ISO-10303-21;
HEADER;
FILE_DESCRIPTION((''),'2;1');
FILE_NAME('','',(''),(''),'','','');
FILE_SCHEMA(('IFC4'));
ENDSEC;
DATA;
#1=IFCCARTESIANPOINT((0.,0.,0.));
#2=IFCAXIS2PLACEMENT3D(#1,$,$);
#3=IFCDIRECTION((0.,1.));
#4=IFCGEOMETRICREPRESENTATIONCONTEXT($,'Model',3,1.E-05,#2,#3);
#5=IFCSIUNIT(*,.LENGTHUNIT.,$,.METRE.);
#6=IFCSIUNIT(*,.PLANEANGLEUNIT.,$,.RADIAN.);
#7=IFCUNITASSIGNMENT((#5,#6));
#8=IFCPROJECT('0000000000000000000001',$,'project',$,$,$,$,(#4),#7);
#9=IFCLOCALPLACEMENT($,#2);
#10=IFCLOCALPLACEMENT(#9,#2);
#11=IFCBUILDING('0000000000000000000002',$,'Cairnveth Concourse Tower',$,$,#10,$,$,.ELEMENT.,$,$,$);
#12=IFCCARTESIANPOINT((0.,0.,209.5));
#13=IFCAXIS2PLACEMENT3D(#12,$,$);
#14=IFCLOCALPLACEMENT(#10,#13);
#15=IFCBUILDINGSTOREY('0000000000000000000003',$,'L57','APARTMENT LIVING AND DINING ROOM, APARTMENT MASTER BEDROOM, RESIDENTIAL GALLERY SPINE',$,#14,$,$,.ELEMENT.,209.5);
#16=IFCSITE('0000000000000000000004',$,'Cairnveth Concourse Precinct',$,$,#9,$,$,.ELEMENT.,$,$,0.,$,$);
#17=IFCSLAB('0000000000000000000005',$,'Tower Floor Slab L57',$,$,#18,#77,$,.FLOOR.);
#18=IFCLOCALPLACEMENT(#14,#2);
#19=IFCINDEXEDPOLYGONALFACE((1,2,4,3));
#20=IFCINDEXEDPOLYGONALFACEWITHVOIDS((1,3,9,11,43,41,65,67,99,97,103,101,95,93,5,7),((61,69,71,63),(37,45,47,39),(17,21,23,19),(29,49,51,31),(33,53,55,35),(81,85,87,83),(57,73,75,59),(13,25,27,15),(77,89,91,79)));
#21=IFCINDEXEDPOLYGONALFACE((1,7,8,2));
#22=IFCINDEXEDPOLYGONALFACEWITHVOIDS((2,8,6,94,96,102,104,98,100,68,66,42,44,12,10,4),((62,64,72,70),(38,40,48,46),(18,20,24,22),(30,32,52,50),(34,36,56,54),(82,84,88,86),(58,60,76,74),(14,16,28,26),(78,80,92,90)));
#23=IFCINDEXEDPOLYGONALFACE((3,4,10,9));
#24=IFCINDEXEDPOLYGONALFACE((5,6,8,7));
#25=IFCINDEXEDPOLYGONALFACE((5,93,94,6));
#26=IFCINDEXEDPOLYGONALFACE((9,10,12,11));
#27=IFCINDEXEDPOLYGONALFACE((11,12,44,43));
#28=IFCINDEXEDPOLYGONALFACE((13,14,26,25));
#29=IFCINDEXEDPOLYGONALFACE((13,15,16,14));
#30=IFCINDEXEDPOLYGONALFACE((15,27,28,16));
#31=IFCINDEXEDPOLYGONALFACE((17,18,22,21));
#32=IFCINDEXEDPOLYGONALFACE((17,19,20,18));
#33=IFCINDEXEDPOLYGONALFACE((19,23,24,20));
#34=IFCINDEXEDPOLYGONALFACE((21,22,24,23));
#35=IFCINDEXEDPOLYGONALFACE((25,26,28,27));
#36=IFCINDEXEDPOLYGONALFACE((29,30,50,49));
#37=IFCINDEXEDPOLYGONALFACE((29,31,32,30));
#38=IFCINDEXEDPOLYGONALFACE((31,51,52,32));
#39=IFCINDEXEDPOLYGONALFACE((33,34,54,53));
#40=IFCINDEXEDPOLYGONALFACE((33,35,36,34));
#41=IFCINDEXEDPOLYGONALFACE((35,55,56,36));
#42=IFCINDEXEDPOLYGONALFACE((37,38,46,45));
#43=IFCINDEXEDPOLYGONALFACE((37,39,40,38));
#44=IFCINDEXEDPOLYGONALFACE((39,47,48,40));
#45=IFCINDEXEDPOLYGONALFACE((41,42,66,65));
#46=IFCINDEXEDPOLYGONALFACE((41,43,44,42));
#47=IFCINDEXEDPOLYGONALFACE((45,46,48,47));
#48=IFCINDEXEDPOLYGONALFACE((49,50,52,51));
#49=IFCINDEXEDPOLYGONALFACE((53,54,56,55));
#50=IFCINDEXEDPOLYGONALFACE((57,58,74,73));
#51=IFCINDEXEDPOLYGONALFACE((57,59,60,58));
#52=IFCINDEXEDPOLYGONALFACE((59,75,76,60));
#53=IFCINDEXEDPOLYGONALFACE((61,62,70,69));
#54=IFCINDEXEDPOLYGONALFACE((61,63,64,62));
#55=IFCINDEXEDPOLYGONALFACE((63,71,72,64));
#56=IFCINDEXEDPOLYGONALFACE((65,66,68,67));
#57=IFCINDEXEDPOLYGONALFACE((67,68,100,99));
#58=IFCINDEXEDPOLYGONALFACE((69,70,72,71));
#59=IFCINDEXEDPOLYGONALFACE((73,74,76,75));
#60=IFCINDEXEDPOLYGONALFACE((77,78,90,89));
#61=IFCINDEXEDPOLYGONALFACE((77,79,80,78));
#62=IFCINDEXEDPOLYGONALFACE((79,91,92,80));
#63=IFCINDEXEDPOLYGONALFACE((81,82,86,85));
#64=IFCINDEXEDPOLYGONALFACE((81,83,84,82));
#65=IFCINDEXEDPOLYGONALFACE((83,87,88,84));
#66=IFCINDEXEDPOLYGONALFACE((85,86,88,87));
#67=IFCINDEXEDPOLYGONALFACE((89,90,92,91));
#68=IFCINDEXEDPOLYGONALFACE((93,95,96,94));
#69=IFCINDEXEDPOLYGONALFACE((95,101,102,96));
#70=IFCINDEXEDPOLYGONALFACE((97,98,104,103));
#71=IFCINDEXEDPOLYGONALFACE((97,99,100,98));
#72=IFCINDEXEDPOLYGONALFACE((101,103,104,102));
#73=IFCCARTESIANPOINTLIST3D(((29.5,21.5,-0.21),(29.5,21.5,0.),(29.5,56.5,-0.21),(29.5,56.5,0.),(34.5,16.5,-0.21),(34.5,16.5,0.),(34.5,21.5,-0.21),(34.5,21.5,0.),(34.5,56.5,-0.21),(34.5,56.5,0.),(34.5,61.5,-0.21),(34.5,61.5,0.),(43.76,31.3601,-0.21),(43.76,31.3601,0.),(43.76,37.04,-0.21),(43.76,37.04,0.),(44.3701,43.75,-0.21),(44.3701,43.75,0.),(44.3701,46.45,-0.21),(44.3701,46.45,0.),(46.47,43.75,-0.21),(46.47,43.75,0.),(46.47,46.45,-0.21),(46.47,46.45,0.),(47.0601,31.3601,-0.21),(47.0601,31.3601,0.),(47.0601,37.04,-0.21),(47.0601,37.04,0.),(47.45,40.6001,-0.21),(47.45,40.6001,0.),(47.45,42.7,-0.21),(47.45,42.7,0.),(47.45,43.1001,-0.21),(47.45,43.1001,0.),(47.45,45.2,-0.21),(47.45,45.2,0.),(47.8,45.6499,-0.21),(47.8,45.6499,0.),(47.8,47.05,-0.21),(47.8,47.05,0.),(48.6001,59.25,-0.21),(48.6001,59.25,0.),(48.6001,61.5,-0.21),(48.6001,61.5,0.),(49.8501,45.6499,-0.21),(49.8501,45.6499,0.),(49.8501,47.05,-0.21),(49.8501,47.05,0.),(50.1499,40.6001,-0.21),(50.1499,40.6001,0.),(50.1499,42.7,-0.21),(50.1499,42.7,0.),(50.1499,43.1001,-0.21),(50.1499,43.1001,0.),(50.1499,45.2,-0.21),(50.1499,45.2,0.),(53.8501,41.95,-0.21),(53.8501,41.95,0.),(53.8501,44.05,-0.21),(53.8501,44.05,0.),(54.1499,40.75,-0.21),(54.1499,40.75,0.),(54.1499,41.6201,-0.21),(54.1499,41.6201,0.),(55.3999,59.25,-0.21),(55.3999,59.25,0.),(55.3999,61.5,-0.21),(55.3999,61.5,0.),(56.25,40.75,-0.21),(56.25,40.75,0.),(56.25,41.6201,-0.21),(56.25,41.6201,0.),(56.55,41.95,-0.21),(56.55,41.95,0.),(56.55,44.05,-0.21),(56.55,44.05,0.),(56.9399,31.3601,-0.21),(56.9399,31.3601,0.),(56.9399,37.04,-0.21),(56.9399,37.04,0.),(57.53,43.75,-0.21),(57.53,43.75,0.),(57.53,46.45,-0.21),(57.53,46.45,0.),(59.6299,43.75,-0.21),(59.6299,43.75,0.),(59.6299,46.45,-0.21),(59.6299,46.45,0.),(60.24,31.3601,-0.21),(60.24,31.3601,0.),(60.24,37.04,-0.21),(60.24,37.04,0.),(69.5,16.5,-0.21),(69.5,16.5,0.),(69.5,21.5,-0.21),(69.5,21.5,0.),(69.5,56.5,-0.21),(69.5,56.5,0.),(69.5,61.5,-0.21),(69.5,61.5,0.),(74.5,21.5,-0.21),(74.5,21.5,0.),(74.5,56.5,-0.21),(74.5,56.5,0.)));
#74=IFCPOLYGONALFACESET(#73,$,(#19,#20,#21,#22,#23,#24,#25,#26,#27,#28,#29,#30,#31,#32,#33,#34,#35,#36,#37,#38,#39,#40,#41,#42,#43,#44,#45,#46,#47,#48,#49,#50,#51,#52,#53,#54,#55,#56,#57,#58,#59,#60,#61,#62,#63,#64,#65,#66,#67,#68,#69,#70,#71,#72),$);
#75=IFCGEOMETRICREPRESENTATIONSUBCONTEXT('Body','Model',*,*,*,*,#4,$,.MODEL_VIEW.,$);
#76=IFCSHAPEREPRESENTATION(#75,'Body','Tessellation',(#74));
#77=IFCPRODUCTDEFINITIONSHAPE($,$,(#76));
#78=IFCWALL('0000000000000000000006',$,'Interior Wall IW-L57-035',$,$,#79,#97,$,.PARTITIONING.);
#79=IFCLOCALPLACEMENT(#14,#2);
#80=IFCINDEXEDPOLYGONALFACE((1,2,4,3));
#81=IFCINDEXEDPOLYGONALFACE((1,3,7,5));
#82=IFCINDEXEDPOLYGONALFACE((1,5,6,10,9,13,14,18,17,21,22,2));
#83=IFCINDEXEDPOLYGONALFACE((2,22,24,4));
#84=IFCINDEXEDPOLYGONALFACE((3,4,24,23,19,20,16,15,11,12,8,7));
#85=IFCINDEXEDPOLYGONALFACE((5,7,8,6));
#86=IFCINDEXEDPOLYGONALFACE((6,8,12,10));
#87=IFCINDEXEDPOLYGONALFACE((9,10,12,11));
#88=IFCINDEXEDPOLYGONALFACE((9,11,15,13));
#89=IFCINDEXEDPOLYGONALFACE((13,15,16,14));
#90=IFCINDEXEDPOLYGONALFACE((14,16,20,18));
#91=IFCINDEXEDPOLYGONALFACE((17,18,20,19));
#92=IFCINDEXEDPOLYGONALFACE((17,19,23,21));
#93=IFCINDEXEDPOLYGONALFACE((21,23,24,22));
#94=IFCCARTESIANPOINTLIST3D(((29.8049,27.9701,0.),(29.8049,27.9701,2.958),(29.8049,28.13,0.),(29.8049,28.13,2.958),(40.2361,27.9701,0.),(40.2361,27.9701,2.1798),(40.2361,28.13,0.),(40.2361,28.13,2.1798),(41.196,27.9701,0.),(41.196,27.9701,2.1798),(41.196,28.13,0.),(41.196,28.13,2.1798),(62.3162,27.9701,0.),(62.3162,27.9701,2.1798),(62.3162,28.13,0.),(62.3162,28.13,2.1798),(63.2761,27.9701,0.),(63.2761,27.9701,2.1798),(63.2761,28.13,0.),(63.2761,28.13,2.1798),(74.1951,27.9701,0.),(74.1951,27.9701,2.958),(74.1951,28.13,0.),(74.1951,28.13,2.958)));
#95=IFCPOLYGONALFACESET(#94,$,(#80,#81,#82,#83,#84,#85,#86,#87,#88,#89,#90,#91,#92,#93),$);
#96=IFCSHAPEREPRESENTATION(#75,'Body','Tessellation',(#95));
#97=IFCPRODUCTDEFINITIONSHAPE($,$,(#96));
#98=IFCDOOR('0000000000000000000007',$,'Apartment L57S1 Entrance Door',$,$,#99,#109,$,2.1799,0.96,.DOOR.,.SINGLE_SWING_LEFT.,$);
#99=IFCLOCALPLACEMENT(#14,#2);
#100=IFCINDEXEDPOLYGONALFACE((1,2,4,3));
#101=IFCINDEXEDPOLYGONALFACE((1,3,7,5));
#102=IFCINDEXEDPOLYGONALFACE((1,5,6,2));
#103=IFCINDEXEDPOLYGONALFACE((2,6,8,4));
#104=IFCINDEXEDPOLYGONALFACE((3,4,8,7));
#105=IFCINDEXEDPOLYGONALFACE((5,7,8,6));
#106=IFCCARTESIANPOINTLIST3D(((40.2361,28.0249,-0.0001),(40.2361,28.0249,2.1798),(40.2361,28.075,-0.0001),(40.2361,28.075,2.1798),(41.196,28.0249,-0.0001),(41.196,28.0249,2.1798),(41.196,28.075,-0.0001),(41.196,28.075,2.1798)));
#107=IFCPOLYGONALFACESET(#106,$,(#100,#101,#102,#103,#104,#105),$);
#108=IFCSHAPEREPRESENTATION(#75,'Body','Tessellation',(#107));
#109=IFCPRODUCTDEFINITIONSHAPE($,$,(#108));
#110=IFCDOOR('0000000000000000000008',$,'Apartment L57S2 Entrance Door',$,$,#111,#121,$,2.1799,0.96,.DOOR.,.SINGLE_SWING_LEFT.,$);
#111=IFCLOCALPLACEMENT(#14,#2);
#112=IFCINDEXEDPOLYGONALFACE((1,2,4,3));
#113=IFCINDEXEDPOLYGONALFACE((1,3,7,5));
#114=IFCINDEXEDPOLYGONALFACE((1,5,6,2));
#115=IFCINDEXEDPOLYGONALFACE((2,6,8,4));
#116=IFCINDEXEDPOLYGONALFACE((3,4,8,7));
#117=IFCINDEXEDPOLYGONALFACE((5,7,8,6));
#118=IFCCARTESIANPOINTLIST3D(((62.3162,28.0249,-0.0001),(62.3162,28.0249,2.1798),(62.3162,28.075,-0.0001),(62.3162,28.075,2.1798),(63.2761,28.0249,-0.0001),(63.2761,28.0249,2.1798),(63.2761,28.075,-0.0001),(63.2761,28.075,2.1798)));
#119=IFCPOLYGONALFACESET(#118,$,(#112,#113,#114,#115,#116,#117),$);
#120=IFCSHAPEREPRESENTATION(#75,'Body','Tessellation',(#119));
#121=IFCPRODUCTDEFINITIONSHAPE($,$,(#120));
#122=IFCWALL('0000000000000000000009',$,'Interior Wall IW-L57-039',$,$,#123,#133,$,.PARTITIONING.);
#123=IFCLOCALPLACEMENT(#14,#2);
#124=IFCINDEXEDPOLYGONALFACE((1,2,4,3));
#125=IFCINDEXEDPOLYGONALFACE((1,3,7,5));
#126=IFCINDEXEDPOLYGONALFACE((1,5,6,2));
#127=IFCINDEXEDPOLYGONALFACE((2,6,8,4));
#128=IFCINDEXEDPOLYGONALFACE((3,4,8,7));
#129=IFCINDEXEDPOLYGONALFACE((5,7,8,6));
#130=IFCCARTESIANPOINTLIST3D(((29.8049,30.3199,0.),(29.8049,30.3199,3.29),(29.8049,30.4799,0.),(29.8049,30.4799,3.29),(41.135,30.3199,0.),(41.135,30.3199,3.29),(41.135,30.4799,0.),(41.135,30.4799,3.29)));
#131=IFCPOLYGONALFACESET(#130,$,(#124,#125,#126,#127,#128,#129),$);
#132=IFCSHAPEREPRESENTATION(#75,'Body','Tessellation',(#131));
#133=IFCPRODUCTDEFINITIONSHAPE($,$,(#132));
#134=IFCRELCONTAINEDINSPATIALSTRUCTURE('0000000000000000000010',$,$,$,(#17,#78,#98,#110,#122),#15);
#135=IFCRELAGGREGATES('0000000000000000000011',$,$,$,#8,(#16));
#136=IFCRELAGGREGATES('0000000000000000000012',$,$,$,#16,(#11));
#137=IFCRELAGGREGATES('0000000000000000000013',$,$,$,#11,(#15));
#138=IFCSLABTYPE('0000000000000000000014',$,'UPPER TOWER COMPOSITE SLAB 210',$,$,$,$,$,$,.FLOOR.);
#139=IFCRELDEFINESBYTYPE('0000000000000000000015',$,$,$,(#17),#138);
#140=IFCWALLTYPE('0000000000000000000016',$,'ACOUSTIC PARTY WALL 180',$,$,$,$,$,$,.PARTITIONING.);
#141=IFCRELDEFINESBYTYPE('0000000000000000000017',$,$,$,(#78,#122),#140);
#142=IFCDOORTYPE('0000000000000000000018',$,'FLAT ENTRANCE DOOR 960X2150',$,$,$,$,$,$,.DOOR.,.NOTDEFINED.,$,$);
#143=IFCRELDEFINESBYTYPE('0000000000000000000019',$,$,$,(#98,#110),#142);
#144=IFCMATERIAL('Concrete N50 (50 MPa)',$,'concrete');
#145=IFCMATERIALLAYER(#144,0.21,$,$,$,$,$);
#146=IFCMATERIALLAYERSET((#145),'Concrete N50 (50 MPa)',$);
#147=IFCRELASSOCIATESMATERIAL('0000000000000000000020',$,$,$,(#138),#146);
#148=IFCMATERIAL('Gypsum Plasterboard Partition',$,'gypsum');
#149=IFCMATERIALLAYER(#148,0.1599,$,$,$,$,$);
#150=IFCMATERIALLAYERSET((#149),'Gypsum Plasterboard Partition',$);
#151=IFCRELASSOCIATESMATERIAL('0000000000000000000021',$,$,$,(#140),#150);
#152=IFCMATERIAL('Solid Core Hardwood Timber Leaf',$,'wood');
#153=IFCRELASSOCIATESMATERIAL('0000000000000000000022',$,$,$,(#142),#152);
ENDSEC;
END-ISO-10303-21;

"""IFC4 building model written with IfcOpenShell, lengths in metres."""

from ifc_helpers import new_model, si_unit, direction, frame, frame_2d, origin, place, context, subcontext, project, spatial, polyline, rectangle, outline, extrude, material, layer, layer_set, type_object, element, fill, save


model = new_model("IFC4")

# Units and contexts
model_context = context("Model", 3, precision=1e-05, world=origin(), true_north=direction((0.0, 1.0)))
body_context = subcontext(model_context, "Body", "Model", "MODEL_VIEW")
ifc_project = project(units=[si_unit("LENGTHUNIT", "METRE"), si_unit("PLANEANGLEUNIT", "RADIAN")], contexts=[model_context])

# Site, building, storey
site_placement = place(None, origin())
site = spatial("IfcSite", under=ifc_project, at=site_placement, Name="Cairnveth Concourse Precinct", CompositionType="ELEMENT", RefElevation=0.0)
building_placement = place(site_placement, origin())
building = spatial("IfcBuilding", under=site, at=building_placement, Name="Cairnveth Concourse Tower", CompositionType="ELEMENT")
storey_placement = place(building_placement, frame((0.0, 0.0, 209.5)))
storey = spatial("IfcBuildingStorey", under=building, at=storey_placement, Name="L57", Description="APARTMENT LIVING AND DINING ROOM, APARTMENT MASTER BEDROOM, RESIDENTIAL GALLERY SPINE", CompositionType="ELEMENT", Elevation=209.5)

# Shared definitions
ifc_material_1 = material(Name="Concrete N50 (50 MPa)", Category="concrete")

# Slab
ifc_layer_1 = layer(ifc_material_1, 0.21)
ifc_layer_set_1 = layer_set([ifc_layer_1], Name="Concrete N50 (50 MPa)")
slab_type_1 = type_object("IfcSlabType", Name="UPPER TOWER COMPOSITE SLAB 210", PredefinedType="FLOOR", material=ifc_layer_set_1)
slab_1_placement = place(storey_placement, frame((0.0, 0.0, -0.21)))
element("IfcSlab", 1, at=slab_1_placement, inside=storey, type_object=slab_type_1, Name="Tower Floor Slab L57", PredefinedType="FLOOR", context=body_context, shape_type="SweptSolid", body=[
    extrude(outline(polyline([(55.3999, 61.5), (55.3999, 59.25), (48.6001, 59.25), (48.6001, 61.5), (34.5, 61.5), (34.5, 56.5), (29.5, 56.5), (29.5, 21.5), (34.5, 21.5), (34.5, 16.5), (69.5, 16.5), (69.5, 21.5), (74.5, 21.5), (74.5, 56.5), (69.5, 56.5), (69.5, 61.5), (55.3999, 61.5)]), holes=[polyline([(43.76, 31.3601), (47.0601, 31.3601), (47.0601, 37.04), (43.76, 37.04), (43.76, 31.3601)]), polyline([(56.9399, 31.3601), (60.24, 31.3601), (60.24, 37.04), (56.9399, 37.04), (56.9399, 31.3601)]), polyline([(44.3701, 43.75), (46.47, 43.75), (46.47, 46.45), (44.3701, 46.45), (44.3701, 43.75)]), polyline([(57.53, 43.75), (59.6299, 43.75), (59.6299, 46.45), (57.53, 46.45), (57.53, 43.75)]), polyline([(47.45, 40.6001), (50.1499, 40.6001), (50.1499, 42.7), (47.45, 42.7), (47.45, 40.6001)]), polyline([(47.45, 43.1001), (50.1499, 43.1001), (50.1499, 45.2), (47.45, 45.2), (47.45, 43.1001)]), polyline([(53.8501, 41.95), (56.55, 41.95), (56.55, 44.05), (53.8501, 44.05), (53.8501, 41.95)]), polyline([(47.8, 45.6499), (49.8501, 45.6499), (49.8501, 47.05), (47.8, 47.05), (47.8, 45.6499)]), polyline([(54.1499, 40.75), (56.25, 40.75), (56.25, 41.6201), (54.1499, 41.6201), (54.1499, 40.75)])]), origin(), (0.0, 0.0, 1.0), 0.21),
])

# Wall, openings, doors
ifc_material_2 = material(Name="Gypsum Plasterboard Partition", Category="gypsum")
ifc_layer_2 = layer(ifc_material_2, 0.1599)
ifc_layer_set_2 = layer_set([ifc_layer_2], Name="Gypsum Plasterboard Partition")
wall_type_1 = type_object("IfcWallType", Name="ACOUSTIC PARTY WALL 180", PredefinedType="PARTITIONING", material=ifc_layer_set_2)
wall_1_placement = place(storey_placement, frame((29.8049, 28.05, 0.0), z_axis=(0.0, 0.0, 1.0), x_axis=(1.0, 0.0, 0.0)))
wall_1 = element("IfcWall", 2, at=wall_1_placement, inside=storey, type_object=wall_type_1, Name="Interior Wall IW-L57-035", PredefinedType="PARTITIONING", context=body_context, shape_type="SweptSolid", body=[
    extrude(rectangle(XDim=44.3901, YDim=0.1599, at=frame_2d((22.1951, 0.0))), origin(), (0.0, 0.0, 1.0), 2.958),
])
opening_1_placement = place(wall_1_placement, frame((10.4312, 0.0, 0.0)))
opening_1 = element("IfcOpeningElement", 3, at=opening_1_placement, cuts=wall_1, PredefinedType="OPENING", context=body_context, shape_type="SweptSolid", body=[
    extrude(rectangle(XDim=0.96, YDim=2.1799, at=frame_2d((0.48, 1.0898))), frame((0.0, 0.0898, 0.0), z_axis=(0.0, -1.0, 0.0), x_axis=(1.0, 0.0, 0.0)), (0.0, 0.0, 1.0), 0.1799),
])
opening_2_placement = place(wall_1_placement, frame((32.5112, 0.0, 0.0)))
opening_2 = element("IfcOpeningElement", 4, at=opening_2_placement, cuts=wall_1, PredefinedType="OPENING", context=body_context, shape_type="SweptSolid", body=[
    extrude(rectangle(XDim=0.96, YDim=2.1799, at=frame_2d((0.48, 1.0898))), frame((0.0, 0.0898, 0.0), z_axis=(0.0, -1.0, 0.0), x_axis=(1.0, 0.0, 0.0)), (0.0, 0.0, 1.0), 0.1799),
])
ifc_material_3 = material(Name="Solid Core Hardwood Timber Leaf", Category="wood")
door_type = type_object("IfcDoorType", Name="FLAT ENTRANCE DOOR 960X2150", OperationType="NOTDEFINED", PredefinedType="DOOR", material=ifc_material_3)
door_1_placement = place(opening_1_placement, origin())
door_1 = element("IfcDoor", 5, at=door_1_placement, inside=storey, type_object=door_type, Name="Apartment L57S1 Entrance Door", OperationType="SINGLE_SWING_LEFT", OverallHeight=2.1799, OverallWidth=0.96, PredefinedType="DOOR", context=body_context, shape_type="SweptSolid", body=[
    extrude(rectangle(XDim=0.96, YDim=2.1799, at=frame_2d((0.48, 1.0898))), frame((0.0, 0.0249, 0.0), z_axis=(0.0, -1.0, 0.0), x_axis=(1.0, 0.0, 0.0)), (0.0, 0.0, 1.0), 0.05),
])
fill(opening_1, door_1)
door_2_placement = place(opening_2_placement, origin())
door_2 = element("IfcDoor", 6, at=door_2_placement, inside=storey, type_object=door_type, Name="Apartment L57S2 Entrance Door", OperationType="SINGLE_SWING_LEFT", OverallHeight=2.1799, OverallWidth=0.96, PredefinedType="DOOR", context=body_context, shape_type="SweptSolid", body=[
    extrude(rectangle(XDim=0.96, YDim=2.1799, at=frame_2d((0.48, 1.0898))), frame((0.0, 0.0249, 0.0), z_axis=(0.0, -1.0, 0.0), x_axis=(1.0, 0.0, 0.0)), (0.0, 0.0, 1.0), 0.05),
])
fill(opening_2, door_2)

# Wall
wall_2_placement = place(storey_placement, frame((29.8049, 30.3999, 0.0), z_axis=(0.0, 0.0, 1.0), x_axis=(1.0, 0.0, 0.0)))
element("IfcWall", 7, at=wall_2_placement, inside=storey, type_object=wall_type_1, Name="Interior Wall IW-L57-039", PredefinedType="PARTITIONING", context=body_context, shape_type="SweptSolid", body=[
    extrude(rectangle(XDim=11.3301, YDim=0.1599, at=frame_2d((5.665, 0.0))), origin(), (0.0, 0.0, 1.0), 3.29),
])

save(model, "model.ifc")
